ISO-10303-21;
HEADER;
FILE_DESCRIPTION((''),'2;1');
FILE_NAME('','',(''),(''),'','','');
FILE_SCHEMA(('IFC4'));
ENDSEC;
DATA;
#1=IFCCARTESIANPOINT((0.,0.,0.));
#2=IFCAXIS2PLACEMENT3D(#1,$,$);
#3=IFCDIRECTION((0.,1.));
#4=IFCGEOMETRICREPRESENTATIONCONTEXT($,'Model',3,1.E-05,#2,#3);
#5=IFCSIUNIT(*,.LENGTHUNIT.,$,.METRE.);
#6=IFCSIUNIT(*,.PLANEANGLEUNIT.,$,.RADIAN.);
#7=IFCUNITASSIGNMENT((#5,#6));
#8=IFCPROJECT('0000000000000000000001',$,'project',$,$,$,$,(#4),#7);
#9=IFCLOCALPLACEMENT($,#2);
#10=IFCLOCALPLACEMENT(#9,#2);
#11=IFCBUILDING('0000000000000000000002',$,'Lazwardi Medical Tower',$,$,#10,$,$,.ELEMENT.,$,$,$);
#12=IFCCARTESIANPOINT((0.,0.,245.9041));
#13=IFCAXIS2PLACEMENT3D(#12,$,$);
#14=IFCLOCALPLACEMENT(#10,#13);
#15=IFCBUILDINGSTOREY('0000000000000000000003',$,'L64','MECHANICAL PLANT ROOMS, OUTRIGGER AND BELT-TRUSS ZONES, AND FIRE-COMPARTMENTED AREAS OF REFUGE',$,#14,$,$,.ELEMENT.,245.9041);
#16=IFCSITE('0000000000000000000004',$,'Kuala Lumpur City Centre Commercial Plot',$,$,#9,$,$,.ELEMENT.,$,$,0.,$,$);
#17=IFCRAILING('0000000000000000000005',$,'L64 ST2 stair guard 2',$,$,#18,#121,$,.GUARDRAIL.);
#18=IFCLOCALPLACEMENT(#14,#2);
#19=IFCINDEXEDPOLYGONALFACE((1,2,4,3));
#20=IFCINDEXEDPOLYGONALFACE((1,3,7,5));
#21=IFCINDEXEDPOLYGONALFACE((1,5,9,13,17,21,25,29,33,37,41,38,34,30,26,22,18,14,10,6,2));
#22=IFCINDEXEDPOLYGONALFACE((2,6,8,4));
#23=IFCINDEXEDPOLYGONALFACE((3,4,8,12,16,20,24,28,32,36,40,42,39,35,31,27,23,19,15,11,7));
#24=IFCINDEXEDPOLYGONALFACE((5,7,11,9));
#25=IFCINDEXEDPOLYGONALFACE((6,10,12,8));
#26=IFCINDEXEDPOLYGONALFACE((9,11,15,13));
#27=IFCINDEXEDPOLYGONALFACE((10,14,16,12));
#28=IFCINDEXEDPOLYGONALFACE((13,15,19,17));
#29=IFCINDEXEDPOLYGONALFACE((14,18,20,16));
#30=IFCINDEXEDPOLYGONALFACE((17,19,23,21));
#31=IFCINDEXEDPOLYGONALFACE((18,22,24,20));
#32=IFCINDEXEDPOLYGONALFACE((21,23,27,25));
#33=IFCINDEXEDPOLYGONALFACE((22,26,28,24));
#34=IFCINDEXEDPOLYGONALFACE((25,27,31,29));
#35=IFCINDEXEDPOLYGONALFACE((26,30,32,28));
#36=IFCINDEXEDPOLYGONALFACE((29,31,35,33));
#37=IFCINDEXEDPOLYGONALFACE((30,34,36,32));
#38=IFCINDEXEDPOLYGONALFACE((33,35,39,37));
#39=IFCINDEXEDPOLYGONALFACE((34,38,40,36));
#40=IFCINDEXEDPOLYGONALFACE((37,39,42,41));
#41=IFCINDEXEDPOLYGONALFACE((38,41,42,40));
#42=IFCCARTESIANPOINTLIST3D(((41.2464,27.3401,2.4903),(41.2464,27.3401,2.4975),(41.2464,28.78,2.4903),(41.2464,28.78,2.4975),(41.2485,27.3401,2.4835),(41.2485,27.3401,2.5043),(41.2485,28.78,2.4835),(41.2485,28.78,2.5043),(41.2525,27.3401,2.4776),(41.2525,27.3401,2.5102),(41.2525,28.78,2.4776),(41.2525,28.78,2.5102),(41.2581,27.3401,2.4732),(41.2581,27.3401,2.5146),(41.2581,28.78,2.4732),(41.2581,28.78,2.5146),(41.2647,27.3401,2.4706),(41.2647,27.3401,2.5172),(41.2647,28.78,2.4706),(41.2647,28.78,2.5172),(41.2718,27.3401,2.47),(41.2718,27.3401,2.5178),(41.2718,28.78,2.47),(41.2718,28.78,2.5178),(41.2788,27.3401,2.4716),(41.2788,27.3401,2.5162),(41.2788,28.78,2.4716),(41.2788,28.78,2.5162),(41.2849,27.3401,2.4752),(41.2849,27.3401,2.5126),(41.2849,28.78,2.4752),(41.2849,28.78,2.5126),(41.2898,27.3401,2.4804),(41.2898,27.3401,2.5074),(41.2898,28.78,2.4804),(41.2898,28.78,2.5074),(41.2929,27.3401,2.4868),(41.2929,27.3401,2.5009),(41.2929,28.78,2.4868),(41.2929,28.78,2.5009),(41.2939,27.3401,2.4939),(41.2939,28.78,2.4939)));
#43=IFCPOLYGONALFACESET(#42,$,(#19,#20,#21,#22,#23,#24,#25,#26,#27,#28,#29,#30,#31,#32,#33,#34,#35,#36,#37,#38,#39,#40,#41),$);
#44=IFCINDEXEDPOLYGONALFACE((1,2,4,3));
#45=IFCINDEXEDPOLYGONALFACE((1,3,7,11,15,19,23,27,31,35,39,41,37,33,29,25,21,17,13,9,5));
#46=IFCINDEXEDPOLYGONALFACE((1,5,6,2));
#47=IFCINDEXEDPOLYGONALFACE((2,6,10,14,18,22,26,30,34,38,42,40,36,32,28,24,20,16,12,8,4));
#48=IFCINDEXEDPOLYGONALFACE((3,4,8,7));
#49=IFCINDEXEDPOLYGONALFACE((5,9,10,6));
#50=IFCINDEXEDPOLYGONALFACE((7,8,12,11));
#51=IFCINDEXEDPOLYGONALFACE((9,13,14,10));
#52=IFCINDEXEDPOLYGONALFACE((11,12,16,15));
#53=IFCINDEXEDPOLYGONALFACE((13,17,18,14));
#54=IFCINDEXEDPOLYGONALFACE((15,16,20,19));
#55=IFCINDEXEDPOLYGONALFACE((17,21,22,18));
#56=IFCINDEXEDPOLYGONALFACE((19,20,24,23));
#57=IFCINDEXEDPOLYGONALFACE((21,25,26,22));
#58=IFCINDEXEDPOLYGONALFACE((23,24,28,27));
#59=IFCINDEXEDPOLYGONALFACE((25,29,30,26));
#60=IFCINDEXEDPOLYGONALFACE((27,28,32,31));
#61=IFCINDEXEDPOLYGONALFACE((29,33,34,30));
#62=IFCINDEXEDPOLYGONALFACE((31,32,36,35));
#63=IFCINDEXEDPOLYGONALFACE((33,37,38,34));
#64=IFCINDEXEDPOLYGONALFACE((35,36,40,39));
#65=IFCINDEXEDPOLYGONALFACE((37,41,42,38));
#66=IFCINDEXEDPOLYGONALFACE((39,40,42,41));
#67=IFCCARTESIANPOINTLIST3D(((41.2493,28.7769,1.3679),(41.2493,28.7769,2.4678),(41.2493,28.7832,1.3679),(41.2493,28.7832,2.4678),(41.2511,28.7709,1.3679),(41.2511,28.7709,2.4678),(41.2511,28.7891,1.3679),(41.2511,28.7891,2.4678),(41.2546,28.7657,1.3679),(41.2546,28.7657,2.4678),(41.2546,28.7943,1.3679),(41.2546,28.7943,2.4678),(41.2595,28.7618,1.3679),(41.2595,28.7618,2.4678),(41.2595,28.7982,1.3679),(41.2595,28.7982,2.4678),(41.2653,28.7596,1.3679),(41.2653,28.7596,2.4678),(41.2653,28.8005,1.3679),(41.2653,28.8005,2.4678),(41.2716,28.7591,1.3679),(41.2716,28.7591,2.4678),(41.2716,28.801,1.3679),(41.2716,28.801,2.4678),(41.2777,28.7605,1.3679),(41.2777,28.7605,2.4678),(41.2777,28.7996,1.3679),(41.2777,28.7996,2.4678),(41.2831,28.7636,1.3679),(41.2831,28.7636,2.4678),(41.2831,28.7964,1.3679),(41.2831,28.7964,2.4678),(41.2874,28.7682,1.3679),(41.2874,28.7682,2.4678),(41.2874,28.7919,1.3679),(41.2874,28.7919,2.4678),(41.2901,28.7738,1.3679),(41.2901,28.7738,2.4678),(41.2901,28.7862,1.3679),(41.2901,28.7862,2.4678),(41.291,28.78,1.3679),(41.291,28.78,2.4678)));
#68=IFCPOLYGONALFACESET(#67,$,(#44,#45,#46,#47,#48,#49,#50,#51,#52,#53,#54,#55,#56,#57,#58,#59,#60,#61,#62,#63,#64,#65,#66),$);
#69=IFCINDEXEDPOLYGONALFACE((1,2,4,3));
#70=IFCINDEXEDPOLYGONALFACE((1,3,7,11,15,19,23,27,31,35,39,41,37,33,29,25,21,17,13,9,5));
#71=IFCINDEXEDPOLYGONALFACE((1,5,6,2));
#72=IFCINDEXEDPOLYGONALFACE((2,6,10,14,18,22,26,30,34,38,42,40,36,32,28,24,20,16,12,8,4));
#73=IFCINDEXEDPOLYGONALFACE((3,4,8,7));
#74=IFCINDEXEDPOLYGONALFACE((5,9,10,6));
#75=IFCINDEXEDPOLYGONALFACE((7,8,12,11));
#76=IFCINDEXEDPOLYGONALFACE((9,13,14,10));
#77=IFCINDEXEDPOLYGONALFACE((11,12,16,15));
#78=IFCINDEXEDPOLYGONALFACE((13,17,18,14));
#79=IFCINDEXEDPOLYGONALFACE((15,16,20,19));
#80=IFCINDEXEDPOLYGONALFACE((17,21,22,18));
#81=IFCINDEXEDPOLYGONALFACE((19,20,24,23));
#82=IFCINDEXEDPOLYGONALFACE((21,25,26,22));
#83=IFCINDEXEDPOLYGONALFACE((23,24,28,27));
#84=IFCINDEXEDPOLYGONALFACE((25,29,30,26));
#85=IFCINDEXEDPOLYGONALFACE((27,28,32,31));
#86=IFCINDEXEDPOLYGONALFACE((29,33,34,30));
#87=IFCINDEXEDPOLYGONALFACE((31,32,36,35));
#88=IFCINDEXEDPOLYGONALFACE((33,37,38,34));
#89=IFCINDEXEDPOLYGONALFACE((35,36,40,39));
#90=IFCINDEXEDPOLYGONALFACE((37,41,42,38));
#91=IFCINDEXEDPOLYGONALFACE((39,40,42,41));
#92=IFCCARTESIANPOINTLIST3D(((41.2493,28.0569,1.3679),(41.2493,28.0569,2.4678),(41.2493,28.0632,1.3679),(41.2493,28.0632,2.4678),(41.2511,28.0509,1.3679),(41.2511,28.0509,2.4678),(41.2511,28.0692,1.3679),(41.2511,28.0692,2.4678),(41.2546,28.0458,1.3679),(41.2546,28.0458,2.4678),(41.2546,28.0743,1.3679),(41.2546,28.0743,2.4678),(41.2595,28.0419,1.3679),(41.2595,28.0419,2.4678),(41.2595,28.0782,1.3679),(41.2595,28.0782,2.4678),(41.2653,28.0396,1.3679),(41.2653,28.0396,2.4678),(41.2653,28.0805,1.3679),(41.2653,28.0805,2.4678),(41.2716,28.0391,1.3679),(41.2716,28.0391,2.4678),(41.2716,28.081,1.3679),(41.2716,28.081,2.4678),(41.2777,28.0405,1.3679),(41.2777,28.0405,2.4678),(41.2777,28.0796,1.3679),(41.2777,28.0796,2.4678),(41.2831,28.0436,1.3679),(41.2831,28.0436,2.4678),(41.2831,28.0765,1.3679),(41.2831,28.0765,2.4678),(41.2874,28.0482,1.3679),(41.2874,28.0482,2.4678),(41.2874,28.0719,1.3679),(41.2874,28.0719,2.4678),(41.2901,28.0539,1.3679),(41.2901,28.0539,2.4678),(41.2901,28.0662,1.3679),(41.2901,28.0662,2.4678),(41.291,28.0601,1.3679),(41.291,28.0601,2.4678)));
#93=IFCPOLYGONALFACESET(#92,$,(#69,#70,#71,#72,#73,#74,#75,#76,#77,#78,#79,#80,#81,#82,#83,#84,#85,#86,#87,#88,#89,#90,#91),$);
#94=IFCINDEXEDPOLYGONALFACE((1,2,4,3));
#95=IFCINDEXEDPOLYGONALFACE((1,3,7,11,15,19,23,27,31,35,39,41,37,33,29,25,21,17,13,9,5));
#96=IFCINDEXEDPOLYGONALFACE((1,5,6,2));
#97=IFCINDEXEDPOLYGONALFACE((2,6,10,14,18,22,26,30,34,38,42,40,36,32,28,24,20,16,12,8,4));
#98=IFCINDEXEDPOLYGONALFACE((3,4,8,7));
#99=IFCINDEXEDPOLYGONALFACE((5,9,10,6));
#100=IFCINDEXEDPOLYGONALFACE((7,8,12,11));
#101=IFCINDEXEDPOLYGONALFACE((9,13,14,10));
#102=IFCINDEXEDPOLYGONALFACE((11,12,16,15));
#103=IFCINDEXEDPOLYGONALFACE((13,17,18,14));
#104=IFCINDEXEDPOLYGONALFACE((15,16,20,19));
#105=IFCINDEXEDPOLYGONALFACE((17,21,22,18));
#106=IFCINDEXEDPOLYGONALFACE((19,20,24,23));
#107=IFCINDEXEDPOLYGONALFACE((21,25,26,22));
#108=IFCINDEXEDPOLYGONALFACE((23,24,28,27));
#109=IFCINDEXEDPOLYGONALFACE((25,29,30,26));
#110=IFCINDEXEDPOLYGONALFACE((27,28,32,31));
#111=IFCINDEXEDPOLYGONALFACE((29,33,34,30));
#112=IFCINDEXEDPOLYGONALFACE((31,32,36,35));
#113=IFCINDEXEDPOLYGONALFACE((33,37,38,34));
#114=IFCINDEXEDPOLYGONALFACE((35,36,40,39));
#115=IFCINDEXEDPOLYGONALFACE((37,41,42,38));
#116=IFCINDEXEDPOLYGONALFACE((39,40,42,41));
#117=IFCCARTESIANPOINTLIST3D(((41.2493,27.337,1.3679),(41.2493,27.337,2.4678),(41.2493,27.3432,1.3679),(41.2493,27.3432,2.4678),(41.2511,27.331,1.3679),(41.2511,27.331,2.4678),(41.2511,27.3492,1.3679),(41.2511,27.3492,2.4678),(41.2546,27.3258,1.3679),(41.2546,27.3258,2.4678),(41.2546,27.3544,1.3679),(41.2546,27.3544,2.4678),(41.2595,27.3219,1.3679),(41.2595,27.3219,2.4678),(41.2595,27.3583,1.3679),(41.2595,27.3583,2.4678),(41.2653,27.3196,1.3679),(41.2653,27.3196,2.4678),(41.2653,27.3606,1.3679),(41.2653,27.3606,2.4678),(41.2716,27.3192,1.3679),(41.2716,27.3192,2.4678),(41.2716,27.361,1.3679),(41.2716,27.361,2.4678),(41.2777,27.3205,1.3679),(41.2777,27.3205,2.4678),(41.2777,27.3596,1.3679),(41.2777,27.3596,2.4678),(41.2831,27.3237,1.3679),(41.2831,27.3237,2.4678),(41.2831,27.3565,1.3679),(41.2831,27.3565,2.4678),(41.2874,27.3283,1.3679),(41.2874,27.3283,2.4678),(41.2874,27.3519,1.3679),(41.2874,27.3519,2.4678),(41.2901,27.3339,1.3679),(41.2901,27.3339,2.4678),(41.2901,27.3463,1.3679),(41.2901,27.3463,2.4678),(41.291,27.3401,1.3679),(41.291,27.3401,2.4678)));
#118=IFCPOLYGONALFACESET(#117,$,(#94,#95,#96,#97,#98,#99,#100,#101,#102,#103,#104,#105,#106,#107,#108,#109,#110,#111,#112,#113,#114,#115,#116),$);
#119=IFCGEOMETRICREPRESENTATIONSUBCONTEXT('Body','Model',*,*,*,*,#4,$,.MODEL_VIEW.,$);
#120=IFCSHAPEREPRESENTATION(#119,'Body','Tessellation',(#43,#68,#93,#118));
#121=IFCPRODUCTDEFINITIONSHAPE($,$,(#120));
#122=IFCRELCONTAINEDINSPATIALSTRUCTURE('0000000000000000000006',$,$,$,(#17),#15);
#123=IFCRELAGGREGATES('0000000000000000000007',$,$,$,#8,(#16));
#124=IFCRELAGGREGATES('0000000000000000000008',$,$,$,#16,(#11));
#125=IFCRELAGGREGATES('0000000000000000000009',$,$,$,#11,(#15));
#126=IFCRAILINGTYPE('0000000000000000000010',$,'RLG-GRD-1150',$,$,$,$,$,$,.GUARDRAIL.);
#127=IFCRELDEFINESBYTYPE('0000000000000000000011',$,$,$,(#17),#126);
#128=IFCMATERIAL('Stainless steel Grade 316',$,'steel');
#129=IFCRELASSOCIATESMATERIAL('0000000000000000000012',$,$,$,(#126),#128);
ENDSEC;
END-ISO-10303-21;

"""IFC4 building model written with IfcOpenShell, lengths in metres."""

from ifc_helpers import new_model, si_unit, direction, frame, origin, origin_2d, place, context, subcontext, project, spatial, circle, extrude, material, type_object, element, save


model = new_model("IFC4")

# Units and contexts
model_context = context("Model", 3, precision=1e-05, world=origin(), true_north=direction((0.0, 1.0)))
body_context = subcontext(model_context, "Body", "Model", "MODEL_VIEW")
ifc_project = project(units=[si_unit("LENGTHUNIT", "METRE"), si_unit("PLANEANGLEUNIT", "RADIAN")], contexts=[model_context])

# Site, building, storey
site_placement = place(None, origin())
site = spatial("IfcSite", under=ifc_project, at=site_placement, Name="Kuala Lumpur City Centre Commercial Plot", CompositionType="ELEMENT", RefElevation=0.0)
building_placement = place(site_placement, origin())
building = spatial("IfcBuilding", under=site, at=building_placement, Name="Lazwardi Medical Tower", CompositionType="ELEMENT")
storey_placement = place(building_placement, frame((0.0, 0.0, 245.9041)))
storey = spatial("IfcBuildingStorey", under=building, at=storey_placement, Name="L64", Description="MECHANICAL PLANT ROOMS, OUTRIGGER AND BELT-TRUSS ZONES, AND FIRE-COMPARTMENTED AREAS OF REFUGE", CompositionType="ELEMENT", Elevation=245.9041)

# Railing
ifc_material_1 = material(Name="Stainless steel Grade 316", Category="steel")
railing_type_1 = type_object("IfcRailingType", Name="RLG-GRD-1150", PredefinedType="GUARDRAIL", material=ifc_material_1)
railing_1_placement = place(storey_placement, frame((41.27, 28.78, 1.3679)))
element("IfcRailing", 1, at=railing_1_placement, inside=storey, type_object=railing_type_1, Name="L64 ST2 stair guard 2", PredefinedType="GUARDRAIL", context=body_context, shape_type="SweptSolid", body=[
    extrude(circle(Radius=0.0239, at=origin_2d()), frame((0.0, 0.0, 1.126), z_axis=(0.0, -1.0, 0.0), x_axis=(1.0, 0.0, 0.0)), (0.0, 0.0, 1.0), 1.4399),
    extrude(circle(Radius=0.021, at=origin_2d()), origin(), (0.0, 0.0, 1.0), 1.0999),
    extrude(circle(Radius=0.021, at=origin_2d()), frame((0.0, -0.72, 0.0)), (0.0, 0.0, 1.0), 1.0999),
    extrude(circle(Radius=0.021, at=origin_2d()), frame((0.0, -1.4399, 0.0)), (0.0, 0.0, 1.0), 1.0999),
])

save(model, "model.ifc")
